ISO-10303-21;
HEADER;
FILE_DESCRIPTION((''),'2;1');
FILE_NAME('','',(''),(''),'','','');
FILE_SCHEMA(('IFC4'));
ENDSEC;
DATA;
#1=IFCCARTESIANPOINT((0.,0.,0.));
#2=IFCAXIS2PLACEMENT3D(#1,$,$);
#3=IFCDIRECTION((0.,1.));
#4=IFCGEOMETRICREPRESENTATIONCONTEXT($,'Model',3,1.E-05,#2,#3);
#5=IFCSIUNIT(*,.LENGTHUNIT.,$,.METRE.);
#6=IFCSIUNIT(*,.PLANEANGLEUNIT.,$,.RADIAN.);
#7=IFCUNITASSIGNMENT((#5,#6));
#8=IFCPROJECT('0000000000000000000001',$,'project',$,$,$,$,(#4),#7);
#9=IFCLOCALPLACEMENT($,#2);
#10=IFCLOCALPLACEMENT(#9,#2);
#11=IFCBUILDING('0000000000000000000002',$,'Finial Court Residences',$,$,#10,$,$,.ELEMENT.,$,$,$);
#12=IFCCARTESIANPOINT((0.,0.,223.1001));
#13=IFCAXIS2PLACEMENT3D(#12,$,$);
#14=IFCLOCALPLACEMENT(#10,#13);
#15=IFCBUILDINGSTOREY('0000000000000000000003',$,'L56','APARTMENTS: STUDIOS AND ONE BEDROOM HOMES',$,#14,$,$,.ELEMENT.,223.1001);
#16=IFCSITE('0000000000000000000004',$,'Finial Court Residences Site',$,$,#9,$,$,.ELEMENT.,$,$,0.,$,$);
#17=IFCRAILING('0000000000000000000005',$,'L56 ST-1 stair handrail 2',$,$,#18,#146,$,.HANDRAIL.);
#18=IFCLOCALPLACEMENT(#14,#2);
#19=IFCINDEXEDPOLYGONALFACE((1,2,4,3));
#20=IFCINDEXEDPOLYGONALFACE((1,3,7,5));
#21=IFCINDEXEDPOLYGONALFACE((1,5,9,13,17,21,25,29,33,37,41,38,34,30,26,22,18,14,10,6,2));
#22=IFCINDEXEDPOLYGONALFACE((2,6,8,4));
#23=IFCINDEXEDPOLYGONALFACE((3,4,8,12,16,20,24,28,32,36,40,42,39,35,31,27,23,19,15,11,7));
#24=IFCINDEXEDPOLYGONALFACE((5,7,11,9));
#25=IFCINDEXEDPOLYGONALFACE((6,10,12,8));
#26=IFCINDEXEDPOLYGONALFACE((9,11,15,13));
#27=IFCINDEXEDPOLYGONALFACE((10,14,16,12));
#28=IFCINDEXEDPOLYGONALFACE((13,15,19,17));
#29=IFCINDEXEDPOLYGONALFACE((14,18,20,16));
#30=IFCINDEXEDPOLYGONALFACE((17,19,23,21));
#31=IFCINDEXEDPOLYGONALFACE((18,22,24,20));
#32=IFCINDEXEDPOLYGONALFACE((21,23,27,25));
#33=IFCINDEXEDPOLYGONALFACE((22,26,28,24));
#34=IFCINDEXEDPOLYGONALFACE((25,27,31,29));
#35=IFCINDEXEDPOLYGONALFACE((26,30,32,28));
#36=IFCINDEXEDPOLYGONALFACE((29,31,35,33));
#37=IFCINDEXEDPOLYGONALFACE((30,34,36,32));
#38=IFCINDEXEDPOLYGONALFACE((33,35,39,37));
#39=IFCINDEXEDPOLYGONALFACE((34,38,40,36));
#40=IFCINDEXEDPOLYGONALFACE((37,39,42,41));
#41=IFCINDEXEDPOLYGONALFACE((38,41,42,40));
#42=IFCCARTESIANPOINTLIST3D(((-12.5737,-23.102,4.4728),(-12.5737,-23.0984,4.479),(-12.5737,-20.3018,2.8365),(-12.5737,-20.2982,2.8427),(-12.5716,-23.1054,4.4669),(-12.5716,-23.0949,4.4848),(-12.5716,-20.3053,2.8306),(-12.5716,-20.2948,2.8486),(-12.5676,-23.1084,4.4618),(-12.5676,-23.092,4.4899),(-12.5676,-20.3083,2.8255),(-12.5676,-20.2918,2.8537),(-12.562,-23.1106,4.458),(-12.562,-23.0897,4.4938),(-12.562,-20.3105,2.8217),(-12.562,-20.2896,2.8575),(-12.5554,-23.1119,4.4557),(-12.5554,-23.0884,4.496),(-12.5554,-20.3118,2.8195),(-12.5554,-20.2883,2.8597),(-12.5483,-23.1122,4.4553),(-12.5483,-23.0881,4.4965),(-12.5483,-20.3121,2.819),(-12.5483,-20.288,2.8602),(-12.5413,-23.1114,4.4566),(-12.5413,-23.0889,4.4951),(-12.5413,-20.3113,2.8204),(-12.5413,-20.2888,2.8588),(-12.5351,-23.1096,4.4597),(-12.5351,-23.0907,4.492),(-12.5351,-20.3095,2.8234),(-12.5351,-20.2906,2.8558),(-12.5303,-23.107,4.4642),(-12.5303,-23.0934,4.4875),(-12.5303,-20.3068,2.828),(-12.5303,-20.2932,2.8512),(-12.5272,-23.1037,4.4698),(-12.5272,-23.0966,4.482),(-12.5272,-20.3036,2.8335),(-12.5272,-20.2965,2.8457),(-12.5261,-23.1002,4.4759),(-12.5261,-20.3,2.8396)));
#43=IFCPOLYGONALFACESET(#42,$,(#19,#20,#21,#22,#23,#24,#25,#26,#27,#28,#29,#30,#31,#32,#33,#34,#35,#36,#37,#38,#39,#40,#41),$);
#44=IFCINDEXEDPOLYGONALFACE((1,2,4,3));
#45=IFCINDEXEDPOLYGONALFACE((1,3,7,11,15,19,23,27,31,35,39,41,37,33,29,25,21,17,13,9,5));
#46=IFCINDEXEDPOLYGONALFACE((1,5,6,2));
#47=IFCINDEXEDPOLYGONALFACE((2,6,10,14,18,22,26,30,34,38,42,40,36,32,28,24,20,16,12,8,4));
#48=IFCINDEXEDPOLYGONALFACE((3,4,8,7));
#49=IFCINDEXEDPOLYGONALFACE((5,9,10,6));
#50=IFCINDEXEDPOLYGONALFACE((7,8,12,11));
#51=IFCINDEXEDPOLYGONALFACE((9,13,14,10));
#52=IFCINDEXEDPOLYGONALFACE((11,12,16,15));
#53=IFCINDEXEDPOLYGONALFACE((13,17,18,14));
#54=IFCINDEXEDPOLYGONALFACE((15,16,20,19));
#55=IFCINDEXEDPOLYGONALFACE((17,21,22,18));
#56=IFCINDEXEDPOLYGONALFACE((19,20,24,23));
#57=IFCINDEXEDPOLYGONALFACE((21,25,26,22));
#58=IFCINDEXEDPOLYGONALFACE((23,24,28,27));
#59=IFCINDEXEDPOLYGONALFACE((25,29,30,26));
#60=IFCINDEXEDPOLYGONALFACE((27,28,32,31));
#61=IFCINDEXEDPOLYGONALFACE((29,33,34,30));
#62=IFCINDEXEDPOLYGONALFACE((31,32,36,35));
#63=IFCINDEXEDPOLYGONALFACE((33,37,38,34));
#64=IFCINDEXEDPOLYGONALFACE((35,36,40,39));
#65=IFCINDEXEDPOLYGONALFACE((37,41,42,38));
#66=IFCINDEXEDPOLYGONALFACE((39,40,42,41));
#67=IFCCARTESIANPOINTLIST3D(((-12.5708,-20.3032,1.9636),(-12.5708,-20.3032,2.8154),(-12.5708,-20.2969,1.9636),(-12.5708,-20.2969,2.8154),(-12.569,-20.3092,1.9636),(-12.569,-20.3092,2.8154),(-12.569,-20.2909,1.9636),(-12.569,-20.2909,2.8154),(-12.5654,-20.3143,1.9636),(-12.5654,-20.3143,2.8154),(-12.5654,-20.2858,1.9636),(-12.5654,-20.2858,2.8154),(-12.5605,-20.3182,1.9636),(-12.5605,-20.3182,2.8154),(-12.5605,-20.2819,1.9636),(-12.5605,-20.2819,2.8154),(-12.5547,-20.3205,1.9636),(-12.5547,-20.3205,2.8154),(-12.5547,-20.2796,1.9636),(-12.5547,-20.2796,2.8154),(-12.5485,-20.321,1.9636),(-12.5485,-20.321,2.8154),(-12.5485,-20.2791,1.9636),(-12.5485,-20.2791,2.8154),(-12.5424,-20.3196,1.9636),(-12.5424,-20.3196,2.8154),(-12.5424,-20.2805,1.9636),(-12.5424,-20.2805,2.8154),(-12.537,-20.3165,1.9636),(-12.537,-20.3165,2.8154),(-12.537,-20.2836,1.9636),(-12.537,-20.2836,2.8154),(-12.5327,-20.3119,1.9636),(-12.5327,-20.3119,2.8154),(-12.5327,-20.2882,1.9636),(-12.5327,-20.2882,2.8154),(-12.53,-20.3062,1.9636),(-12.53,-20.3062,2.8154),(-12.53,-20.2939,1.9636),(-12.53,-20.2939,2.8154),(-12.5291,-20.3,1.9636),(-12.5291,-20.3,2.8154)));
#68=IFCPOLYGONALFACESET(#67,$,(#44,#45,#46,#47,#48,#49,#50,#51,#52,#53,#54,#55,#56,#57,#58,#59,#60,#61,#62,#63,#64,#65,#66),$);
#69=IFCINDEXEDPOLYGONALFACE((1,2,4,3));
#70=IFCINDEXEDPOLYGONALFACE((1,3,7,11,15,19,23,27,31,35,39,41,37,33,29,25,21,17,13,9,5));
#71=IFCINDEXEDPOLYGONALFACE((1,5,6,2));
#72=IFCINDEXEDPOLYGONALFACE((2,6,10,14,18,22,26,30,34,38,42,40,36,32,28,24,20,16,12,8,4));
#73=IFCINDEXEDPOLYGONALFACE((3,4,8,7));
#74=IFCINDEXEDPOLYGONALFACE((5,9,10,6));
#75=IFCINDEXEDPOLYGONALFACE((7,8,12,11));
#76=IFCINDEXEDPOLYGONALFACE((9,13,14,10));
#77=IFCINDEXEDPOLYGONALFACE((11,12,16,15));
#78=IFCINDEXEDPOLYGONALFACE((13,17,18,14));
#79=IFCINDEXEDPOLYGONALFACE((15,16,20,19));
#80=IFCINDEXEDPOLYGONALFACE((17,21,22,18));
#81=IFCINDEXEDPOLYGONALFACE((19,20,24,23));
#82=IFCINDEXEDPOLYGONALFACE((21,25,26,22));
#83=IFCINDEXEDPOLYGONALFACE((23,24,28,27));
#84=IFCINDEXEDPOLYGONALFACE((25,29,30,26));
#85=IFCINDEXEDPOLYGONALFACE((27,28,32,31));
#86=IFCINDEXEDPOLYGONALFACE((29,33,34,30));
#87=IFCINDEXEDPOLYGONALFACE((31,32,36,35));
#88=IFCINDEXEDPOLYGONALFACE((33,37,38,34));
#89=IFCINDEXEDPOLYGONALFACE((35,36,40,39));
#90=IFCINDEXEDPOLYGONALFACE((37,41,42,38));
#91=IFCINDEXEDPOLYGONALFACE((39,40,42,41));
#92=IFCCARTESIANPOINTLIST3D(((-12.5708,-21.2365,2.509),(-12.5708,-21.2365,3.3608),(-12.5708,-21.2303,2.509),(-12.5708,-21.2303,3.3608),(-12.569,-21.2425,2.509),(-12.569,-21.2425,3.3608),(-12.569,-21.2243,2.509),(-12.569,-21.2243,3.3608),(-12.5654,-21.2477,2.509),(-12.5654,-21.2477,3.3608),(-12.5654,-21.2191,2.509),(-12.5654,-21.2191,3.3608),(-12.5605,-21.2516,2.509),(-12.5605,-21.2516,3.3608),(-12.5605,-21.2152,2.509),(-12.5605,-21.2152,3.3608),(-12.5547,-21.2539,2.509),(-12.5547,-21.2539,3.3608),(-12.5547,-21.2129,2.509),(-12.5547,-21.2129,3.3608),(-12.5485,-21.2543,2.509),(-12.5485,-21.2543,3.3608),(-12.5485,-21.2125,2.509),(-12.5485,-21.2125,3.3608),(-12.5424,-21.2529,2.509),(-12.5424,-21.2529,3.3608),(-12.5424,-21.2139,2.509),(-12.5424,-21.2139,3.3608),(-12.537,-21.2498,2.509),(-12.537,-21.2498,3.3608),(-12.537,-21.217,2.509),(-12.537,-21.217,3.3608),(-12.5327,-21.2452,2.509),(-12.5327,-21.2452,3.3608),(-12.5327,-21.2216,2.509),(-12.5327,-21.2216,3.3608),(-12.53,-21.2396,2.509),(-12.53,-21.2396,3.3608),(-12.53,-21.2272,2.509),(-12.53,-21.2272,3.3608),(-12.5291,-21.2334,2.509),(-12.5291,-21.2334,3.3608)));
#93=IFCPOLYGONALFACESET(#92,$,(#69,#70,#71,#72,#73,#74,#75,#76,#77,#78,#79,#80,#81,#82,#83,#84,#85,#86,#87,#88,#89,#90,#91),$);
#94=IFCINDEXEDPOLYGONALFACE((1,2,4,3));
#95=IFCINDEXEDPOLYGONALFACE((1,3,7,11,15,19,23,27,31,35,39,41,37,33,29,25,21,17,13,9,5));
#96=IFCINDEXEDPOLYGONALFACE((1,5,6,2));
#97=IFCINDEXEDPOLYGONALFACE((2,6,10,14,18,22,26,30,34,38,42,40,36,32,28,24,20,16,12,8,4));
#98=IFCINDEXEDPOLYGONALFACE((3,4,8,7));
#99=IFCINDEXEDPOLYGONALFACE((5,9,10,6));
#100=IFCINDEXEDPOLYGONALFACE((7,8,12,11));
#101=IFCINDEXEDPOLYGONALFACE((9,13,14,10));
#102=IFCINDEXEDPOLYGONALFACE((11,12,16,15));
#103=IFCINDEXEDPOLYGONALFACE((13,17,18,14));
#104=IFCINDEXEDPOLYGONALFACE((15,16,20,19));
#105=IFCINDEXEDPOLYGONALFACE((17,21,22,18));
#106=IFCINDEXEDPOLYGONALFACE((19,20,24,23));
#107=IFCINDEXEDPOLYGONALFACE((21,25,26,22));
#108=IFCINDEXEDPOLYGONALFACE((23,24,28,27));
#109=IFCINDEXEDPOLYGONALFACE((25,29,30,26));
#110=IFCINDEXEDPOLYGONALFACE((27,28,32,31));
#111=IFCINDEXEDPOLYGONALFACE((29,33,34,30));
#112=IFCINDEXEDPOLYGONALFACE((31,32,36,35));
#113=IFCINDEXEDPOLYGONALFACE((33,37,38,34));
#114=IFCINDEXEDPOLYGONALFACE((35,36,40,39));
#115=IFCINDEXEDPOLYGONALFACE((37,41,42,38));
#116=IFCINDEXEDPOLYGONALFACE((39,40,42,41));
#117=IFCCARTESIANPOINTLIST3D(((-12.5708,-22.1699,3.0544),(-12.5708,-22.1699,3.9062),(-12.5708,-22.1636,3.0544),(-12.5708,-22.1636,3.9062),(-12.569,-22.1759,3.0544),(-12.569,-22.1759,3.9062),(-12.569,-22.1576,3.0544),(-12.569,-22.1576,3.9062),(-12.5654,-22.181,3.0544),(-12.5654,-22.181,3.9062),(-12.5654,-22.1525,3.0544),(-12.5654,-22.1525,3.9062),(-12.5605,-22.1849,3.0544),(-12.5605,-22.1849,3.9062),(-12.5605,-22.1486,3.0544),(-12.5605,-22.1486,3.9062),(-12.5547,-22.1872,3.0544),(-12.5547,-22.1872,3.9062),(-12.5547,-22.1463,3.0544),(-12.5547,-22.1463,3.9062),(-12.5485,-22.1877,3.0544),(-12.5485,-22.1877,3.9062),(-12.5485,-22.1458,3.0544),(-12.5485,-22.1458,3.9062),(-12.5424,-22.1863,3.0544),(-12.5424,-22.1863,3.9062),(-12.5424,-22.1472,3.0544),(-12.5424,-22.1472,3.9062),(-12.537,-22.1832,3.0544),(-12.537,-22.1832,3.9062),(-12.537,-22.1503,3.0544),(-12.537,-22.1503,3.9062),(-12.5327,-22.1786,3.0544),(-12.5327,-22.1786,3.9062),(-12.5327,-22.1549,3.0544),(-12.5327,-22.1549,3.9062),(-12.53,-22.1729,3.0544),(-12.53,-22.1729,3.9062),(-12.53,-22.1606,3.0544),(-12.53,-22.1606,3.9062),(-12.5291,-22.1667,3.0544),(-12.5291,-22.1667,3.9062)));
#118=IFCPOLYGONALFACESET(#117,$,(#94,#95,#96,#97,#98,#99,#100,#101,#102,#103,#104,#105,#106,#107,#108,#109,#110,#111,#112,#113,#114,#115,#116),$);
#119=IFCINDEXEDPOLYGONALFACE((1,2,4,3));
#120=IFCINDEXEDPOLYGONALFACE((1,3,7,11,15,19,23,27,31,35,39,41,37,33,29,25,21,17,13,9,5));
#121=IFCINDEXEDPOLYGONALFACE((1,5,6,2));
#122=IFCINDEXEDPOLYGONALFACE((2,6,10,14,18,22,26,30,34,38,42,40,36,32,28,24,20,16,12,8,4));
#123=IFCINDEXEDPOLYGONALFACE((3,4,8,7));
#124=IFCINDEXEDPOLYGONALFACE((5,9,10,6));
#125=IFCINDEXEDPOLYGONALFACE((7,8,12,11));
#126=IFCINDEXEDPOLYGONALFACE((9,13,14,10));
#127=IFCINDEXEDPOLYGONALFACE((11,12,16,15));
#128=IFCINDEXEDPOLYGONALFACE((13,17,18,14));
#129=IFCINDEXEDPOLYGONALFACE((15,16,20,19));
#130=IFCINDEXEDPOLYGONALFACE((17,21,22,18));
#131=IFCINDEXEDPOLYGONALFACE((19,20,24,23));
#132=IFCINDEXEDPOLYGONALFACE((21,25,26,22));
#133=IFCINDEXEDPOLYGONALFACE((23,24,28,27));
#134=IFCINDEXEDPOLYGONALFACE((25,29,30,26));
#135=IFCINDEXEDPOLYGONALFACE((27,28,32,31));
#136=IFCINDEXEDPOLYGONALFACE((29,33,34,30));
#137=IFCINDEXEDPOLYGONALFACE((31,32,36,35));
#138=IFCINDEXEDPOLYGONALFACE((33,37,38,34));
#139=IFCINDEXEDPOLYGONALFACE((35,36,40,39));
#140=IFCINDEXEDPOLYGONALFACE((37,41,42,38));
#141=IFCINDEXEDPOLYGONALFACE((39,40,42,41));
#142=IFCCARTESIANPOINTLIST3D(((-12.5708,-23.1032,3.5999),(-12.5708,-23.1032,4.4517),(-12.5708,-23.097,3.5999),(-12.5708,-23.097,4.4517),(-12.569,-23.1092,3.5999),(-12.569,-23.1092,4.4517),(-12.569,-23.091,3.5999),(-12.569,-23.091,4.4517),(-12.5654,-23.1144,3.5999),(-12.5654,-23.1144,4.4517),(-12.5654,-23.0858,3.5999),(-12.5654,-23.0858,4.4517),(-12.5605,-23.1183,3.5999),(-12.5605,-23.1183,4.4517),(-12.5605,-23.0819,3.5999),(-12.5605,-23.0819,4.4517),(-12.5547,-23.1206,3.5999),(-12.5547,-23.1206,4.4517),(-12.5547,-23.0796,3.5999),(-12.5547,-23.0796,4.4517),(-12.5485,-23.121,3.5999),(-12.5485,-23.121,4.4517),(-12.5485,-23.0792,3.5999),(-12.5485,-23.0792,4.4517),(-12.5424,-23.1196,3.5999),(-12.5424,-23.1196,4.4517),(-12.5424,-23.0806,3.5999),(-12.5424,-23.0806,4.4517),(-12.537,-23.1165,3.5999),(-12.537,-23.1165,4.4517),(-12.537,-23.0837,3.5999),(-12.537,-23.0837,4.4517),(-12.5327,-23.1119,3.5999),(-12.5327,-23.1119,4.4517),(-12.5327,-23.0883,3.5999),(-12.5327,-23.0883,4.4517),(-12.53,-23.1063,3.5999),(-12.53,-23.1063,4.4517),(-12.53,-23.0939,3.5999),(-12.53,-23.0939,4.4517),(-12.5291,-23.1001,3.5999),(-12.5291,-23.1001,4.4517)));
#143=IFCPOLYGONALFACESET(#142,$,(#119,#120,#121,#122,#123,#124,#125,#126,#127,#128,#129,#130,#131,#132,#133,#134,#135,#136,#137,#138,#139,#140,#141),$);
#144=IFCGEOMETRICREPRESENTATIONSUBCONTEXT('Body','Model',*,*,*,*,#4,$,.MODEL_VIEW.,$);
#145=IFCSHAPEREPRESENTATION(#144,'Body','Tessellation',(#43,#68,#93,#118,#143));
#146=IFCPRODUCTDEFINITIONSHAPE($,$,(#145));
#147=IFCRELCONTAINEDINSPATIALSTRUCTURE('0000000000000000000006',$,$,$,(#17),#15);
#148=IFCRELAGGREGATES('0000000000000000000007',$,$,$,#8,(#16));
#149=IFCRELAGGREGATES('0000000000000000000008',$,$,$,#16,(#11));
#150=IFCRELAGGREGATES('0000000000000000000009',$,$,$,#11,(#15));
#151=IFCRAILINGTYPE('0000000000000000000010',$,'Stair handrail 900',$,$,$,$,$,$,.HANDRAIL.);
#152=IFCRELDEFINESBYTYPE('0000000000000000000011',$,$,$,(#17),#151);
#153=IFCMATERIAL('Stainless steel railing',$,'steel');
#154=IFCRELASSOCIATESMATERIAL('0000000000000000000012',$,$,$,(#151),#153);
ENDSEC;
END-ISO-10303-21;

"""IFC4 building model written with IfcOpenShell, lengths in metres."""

from ifc_helpers import new_model, si_unit, direction, frame, origin, origin_2d, place, context, subcontext, project, spatial, circle, extrude, material, type_object, element, save


model = new_model("IFC4")

# Units and contexts
model_context = context("Model", 3, precision=1e-05, world=origin(), true_north=direction((0.0, 1.0)))
body_context = subcontext(model_context, "Body", "Model", "MODEL_VIEW")
ifc_project = project(units=[si_unit("LENGTHUNIT", "METRE"), si_unit("PLANEANGLEUNIT", "RADIAN")], contexts=[model_context])

# Site, building, storey
site_placement = place(None, origin())
site = spatial("IfcSite", under=ifc_project, at=site_placement, Name="Finial Court Residences Site", CompositionType="ELEMENT", RefElevation=0.0)
building_placement = place(site_placement, origin())
building = spatial("IfcBuilding", under=site, at=building_placement, Name="Finial Court Residences", CompositionType="ELEMENT")
storey_placement = place(building_placement, frame((0.0, 0.0, 223.1001)))
storey = spatial("IfcBuildingStorey", under=building, at=storey_placement, Name="L56", Description="APARTMENTS: STUDIOS AND ONE BEDROOM HOMES", CompositionType="ELEMENT", Elevation=223.1001)

# Railing
ifc_material_1 = material(Name="Stainless steel railing", Category="steel")
railing_type_1 = type_object("IfcRailingType", Name="Stair handrail 900", PredefinedType="HANDRAIL", material=ifc_material_1)
railing_1_placement = place(storey_placement, frame((-12.55, -20.3, 1.9636)))
element("IfcRailing", 1, at=railing_1_placement, inside=storey, type_object=railing_type_1, Name="L56 ST-1 stair handrail 2", PredefinedType="HANDRAIL", context=body_context, shape_type="SweptSolid", body=[
    extrude(circle(Radius=0.0239, at=origin_2d()), frame((0.0, 0.0, 0.876), z_axis=(0.0, -0.863394, 0.504531), x_axis=(1.0, 0.0, 0.0)), (0.0, 0.0, 1.0), 3.2432),
    extrude(circle(Radius=0.021, at=origin_2d()), origin(), (0.0, 0.0, 1.0), 0.8518),
    extrude(circle(Radius=0.021, at=origin_2d()), frame((0.0, -0.9333, 0.5454)), (0.0, 0.0, 1.0), 0.8518),
    extrude(circle(Radius=0.021, at=origin_2d()), frame((0.0, -1.8667, 1.0908)), (0.0, 0.0, 1.0), 0.8518),
    extrude(circle(Radius=0.021, at=origin_2d()), frame((0.0, -2.8, 1.6362)), (0.0, 0.0, 1.0), 0.8518),
])

save(model, "model.ifc")
